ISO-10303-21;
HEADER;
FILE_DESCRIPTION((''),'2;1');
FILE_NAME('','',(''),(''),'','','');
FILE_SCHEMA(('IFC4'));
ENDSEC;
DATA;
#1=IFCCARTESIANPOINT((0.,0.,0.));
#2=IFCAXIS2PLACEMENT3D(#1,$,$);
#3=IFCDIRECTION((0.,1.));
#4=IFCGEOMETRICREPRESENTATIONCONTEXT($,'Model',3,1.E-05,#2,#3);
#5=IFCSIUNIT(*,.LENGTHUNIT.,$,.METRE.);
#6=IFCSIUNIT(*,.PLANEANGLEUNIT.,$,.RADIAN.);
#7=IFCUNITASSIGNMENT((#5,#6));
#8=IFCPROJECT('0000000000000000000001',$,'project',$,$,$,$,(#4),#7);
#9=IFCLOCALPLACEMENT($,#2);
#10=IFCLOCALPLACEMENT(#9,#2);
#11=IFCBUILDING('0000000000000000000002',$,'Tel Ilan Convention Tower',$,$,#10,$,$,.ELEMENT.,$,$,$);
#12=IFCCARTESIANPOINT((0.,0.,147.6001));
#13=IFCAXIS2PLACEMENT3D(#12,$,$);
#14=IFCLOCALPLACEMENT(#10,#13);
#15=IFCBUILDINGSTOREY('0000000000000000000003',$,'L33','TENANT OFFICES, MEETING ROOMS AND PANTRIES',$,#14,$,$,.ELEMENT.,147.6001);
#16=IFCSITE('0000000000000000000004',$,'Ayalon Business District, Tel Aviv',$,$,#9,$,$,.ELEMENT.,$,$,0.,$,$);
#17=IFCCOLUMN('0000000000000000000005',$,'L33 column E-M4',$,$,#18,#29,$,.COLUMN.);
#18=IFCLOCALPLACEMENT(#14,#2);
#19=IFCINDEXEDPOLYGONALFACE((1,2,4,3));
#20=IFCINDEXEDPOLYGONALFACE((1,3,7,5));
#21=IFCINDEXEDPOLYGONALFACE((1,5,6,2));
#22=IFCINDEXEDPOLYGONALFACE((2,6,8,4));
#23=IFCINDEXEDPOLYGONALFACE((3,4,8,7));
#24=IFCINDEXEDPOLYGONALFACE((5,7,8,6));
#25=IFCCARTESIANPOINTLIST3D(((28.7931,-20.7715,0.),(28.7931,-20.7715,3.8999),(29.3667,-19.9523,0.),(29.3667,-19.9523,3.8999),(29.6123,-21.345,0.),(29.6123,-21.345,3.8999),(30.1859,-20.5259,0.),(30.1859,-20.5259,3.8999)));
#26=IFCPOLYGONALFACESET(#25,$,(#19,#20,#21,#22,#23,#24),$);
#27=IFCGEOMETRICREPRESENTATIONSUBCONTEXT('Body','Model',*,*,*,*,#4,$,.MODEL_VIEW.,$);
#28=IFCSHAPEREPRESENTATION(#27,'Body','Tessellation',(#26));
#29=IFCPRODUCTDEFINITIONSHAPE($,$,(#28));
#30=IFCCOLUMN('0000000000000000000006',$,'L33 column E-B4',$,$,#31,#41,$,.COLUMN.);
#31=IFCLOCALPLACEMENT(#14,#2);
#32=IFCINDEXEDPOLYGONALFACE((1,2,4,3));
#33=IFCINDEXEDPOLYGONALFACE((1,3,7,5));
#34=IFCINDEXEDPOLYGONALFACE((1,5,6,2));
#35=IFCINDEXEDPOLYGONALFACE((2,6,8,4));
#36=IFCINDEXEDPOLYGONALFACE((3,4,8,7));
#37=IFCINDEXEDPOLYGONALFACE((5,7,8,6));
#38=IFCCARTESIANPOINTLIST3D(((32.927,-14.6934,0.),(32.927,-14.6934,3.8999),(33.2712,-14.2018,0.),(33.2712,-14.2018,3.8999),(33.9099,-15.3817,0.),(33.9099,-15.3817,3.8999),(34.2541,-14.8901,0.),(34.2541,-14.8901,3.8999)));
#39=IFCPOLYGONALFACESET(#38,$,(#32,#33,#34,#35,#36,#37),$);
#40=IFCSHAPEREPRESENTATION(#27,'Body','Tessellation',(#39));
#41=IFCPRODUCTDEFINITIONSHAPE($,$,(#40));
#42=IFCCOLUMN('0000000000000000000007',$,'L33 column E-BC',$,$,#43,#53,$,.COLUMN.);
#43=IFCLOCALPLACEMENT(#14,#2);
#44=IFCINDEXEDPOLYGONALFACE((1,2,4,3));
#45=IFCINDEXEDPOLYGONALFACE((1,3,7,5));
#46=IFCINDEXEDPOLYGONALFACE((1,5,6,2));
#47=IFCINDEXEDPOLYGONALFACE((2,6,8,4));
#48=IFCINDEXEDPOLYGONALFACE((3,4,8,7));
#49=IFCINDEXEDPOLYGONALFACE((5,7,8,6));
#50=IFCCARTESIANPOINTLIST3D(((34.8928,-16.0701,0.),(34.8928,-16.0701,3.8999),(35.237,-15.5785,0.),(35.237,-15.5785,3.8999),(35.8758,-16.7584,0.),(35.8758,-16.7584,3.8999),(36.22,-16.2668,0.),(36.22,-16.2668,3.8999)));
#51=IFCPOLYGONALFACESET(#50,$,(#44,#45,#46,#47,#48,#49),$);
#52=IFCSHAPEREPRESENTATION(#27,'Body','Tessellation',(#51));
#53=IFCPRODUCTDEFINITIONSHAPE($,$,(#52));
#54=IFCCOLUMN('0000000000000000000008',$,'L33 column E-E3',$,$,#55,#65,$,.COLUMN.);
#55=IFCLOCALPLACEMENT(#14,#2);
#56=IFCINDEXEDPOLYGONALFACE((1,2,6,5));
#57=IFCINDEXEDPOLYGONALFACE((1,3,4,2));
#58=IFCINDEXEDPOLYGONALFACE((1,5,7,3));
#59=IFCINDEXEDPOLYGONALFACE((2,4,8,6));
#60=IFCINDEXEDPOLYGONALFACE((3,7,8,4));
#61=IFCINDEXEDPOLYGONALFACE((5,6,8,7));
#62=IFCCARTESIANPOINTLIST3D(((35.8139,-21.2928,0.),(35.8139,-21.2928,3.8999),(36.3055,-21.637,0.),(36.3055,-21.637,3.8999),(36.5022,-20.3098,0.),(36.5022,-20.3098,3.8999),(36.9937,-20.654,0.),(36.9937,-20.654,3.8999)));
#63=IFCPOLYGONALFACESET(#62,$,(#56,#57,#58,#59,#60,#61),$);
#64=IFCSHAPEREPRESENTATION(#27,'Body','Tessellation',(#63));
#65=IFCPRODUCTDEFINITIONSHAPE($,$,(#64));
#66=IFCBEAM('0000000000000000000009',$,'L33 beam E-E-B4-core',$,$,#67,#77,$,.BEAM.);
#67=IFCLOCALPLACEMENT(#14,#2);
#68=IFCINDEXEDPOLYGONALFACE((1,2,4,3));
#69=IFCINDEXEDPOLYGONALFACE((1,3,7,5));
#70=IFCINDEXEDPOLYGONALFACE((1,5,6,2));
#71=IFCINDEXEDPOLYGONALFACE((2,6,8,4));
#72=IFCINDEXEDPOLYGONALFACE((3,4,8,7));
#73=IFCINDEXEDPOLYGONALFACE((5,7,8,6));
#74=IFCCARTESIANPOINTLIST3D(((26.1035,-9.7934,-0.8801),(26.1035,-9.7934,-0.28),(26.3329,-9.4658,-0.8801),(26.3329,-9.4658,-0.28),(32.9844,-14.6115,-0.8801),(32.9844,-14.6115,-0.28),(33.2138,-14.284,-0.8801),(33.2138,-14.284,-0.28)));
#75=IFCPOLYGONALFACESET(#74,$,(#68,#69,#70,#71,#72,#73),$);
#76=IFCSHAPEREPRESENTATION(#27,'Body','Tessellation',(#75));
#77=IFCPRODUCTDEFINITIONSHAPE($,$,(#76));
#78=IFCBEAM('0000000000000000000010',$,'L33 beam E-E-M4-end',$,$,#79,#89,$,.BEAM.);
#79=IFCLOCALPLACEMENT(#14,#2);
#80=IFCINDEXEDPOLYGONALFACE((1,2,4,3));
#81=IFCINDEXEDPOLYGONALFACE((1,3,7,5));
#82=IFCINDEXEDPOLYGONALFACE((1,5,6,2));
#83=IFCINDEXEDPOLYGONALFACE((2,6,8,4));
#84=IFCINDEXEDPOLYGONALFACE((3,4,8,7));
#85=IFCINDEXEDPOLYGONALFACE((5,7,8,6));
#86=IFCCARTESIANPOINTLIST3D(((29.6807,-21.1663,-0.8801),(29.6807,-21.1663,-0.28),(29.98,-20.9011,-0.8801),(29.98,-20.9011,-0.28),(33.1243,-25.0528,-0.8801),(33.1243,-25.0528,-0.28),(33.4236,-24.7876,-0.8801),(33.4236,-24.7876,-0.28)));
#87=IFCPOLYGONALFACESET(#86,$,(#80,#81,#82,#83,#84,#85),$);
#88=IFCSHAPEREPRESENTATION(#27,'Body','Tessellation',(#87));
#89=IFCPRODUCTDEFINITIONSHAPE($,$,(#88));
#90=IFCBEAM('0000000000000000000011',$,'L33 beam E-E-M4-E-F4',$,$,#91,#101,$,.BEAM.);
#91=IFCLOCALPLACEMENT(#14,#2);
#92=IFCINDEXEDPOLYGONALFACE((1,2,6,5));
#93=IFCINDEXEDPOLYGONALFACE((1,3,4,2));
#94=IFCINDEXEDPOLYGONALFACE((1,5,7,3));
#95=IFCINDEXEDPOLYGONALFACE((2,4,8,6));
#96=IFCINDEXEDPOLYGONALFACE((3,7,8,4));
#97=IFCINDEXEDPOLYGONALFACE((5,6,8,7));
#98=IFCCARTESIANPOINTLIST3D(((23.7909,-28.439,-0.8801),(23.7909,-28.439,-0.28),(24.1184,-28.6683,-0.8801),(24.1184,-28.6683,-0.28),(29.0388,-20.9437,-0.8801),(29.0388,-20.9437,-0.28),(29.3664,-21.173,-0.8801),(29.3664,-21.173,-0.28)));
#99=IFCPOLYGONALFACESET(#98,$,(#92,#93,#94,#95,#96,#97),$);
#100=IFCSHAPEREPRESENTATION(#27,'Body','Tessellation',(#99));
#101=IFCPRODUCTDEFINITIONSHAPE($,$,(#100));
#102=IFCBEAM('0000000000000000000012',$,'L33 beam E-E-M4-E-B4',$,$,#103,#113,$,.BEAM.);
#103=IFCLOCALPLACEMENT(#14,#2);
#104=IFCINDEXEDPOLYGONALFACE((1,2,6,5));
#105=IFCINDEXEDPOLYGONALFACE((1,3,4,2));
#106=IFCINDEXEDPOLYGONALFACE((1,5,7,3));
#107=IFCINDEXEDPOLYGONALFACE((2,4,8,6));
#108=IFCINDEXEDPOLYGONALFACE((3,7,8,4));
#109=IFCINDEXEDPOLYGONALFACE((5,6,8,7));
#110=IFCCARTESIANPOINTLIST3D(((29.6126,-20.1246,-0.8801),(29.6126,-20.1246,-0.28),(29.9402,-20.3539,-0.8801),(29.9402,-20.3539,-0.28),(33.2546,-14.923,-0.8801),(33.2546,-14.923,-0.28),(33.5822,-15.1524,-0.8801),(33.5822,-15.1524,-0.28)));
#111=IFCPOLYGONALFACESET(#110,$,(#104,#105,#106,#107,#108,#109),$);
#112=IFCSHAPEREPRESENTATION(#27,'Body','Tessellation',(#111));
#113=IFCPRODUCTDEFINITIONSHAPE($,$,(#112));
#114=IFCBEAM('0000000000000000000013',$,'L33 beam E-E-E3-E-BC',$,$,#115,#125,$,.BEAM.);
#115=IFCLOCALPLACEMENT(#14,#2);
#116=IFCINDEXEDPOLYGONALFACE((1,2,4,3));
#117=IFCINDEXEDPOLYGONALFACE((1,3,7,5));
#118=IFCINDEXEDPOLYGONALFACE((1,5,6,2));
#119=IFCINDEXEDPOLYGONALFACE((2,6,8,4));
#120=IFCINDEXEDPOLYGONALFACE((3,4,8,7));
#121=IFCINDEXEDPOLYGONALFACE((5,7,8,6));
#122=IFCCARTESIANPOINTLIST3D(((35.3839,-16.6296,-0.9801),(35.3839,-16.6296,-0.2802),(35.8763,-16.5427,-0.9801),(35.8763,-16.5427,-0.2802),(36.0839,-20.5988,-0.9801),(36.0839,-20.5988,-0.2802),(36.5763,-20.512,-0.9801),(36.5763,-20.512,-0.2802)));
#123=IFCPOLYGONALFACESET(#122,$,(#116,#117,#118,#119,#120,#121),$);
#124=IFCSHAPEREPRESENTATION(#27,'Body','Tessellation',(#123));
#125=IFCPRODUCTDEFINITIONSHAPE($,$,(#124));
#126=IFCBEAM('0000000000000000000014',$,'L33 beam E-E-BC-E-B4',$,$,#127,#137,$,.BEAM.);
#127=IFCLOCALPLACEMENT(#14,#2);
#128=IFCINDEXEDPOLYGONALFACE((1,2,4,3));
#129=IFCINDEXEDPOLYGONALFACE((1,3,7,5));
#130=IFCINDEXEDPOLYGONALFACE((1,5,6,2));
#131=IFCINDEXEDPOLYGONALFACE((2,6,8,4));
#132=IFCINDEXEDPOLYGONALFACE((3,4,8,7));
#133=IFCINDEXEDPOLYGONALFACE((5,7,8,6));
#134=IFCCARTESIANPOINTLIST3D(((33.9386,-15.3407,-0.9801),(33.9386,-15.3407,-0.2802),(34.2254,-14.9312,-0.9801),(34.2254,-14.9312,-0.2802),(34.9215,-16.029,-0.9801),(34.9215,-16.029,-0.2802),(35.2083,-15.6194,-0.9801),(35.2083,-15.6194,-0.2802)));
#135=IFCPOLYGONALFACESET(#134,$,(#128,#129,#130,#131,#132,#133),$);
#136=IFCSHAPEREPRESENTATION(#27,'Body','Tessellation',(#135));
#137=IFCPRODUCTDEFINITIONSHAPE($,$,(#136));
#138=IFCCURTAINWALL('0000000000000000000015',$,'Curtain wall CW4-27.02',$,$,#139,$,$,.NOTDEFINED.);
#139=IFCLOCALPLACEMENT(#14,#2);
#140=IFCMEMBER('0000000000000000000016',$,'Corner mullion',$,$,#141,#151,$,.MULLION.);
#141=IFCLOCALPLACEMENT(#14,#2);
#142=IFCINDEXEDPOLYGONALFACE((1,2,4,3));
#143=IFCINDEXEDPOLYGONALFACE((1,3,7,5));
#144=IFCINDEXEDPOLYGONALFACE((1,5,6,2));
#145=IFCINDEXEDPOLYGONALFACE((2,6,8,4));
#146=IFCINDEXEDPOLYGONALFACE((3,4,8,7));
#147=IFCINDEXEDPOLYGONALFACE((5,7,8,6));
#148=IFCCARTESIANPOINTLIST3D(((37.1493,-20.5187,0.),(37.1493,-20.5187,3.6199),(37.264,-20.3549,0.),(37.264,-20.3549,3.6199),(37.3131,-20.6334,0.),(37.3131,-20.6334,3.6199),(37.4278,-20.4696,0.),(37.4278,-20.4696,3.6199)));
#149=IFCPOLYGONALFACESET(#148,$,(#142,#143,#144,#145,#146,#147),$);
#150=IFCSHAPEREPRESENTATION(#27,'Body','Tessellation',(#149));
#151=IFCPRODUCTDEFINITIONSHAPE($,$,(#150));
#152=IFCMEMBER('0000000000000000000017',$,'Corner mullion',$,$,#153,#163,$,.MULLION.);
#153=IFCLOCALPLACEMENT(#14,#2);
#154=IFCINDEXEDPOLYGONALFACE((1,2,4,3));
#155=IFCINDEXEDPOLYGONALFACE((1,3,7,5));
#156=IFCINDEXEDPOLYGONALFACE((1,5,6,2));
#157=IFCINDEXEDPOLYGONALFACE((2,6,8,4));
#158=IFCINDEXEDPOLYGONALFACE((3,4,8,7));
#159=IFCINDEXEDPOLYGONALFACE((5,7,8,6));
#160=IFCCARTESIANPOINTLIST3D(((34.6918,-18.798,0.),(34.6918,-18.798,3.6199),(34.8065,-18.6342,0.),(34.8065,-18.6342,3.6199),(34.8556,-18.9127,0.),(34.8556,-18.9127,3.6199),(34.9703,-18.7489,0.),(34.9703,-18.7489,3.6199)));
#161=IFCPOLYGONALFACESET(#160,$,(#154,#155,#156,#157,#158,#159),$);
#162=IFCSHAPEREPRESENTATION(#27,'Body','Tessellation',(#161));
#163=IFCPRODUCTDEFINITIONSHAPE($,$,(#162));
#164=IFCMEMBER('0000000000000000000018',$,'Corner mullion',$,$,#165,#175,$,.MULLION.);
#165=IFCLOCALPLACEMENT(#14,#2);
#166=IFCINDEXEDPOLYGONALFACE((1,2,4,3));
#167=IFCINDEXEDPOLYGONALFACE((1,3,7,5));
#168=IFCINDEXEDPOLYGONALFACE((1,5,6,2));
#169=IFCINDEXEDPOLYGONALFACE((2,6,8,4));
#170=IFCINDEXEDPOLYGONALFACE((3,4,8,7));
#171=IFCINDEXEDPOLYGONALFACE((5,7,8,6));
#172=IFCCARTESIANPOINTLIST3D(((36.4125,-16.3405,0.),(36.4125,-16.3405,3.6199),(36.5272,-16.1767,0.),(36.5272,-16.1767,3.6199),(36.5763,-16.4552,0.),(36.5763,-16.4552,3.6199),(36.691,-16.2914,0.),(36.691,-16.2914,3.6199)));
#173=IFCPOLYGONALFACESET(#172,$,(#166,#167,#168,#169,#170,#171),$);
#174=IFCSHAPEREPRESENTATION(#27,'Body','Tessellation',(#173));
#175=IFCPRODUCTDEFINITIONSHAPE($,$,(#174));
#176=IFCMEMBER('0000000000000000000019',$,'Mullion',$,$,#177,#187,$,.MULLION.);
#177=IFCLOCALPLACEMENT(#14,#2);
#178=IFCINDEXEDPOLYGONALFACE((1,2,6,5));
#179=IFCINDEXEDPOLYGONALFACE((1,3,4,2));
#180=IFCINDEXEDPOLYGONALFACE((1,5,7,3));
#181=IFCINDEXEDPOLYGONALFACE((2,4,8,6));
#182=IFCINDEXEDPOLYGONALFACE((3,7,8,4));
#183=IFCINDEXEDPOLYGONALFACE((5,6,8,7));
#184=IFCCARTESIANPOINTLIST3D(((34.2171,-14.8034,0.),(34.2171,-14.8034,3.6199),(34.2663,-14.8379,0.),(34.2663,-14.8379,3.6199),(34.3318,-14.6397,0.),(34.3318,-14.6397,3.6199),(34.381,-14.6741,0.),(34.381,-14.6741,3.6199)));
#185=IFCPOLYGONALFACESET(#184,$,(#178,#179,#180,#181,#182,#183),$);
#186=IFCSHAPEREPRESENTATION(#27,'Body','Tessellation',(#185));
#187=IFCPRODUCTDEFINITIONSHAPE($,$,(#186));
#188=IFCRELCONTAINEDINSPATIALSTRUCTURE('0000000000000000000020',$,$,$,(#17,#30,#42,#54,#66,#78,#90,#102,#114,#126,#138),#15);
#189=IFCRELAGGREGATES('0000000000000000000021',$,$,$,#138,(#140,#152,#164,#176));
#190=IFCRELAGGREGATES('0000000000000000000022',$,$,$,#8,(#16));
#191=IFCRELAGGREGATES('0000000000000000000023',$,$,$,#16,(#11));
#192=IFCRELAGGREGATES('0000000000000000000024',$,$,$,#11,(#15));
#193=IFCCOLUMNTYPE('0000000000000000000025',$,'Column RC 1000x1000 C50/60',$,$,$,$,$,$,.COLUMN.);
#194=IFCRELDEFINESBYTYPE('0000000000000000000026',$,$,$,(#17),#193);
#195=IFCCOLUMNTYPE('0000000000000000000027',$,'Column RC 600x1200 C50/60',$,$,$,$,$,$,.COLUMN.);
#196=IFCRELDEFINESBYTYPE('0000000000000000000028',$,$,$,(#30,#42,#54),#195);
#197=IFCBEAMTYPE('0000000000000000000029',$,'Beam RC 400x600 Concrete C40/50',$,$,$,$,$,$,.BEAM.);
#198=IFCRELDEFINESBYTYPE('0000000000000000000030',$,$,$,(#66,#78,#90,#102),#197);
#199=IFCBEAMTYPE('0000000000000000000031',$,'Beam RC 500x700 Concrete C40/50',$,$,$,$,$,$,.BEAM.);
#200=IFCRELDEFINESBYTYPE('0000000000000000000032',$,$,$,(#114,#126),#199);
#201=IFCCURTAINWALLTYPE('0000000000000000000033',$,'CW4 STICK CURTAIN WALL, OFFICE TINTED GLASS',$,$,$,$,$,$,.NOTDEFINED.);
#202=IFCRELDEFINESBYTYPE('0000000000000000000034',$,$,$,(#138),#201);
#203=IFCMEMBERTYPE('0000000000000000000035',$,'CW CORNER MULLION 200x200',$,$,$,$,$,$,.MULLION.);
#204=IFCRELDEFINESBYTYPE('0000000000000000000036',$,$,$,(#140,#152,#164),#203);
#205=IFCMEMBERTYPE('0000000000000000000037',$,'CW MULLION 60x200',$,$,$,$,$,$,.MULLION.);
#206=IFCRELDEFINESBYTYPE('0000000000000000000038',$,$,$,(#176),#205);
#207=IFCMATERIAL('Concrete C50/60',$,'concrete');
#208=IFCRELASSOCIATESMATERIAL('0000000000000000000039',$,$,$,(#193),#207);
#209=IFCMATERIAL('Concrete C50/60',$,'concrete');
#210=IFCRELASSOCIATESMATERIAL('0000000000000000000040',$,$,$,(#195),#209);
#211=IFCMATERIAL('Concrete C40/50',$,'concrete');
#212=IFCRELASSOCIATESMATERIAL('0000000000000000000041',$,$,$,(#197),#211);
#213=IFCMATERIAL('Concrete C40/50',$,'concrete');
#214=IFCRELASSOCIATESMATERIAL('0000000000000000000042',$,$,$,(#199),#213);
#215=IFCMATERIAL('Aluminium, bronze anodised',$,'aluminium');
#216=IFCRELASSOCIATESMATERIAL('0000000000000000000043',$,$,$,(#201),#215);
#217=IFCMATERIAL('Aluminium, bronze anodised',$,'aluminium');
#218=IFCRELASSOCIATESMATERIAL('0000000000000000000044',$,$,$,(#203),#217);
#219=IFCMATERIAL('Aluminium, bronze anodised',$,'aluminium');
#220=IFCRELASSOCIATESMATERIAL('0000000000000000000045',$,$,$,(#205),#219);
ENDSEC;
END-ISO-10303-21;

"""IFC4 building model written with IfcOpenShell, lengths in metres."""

from ifc_helpers import new_model, si_unit, direction, frame, origin, origin_2d, place, context, subcontext, project, spatial, rectangle, extrude, material, material_profile, profile_set, type_object, element, aggregate, save


model = new_model("IFC4")

# Units and contexts
model_context = context("Model", 3, precision=1e-05, world=origin(), true_north=direction((0.0, 1.0)))
body_context = subcontext(model_context, "Body", "Model", "MODEL_VIEW")
ifc_project = project(units=[si_unit("LENGTHUNIT", "METRE"), si_unit("PLANEANGLEUNIT", "RADIAN")], contexts=[model_context])

# Site, building, storey
site_placement = place(None, origin())
site = spatial("IfcSite", under=ifc_project, at=site_placement, Name="Ayalon Business District, Tel Aviv", CompositionType="ELEMENT", RefElevation=0.0)
building_placement = place(site_placement, origin())
building = spatial("IfcBuilding", under=site, at=building_placement, Name="Tel Ilan Convention Tower", CompositionType="ELEMENT")
storey_placement = place(building_placement, frame((0.0, 0.0, 147.6001)))
storey = spatial("IfcBuildingStorey", under=building, at=storey_placement, Name="L33", Description="TENANT OFFICES, MEETING ROOMS AND PANTRIES", CompositionType="ELEMENT", Elevation=147.6001)

# Columns
ifc_material_1 = material(Name="Concrete C50/60", Category="concrete")
ifc_material_profile_1 = material_profile(ifc_material_1, rectangle(XDim=1.0, YDim=1.0, at=origin_2d()), Name="RC 1000x1000")
ifc_profile_set_1 = profile_set([ifc_material_profile_1], Name="Concrete C50/60")
column_type_1 = type_object("IfcColumnType", Name="Column RC 1000x1000 C50/60", PredefinedType="COLUMN", material=ifc_profile_set_1)
column_placement = place(storey_placement, frame((29.4895, -20.6487, 0.0), z_axis=(0.0, 0.0, 1.0), x_axis=(0.819152, -0.573576, 0.0)))
element("IfcColumn", 1, at=column_placement, inside=storey, type_object=column_type_1, Name="L33 column E-M4", PredefinedType="COLUMN", context=body_context, shape_type="SweptSolid", body=[
    extrude(rectangle(XDim=1.0, YDim=1.0, at=origin_2d()), origin(), (0.0, 0.0, 1.0), 3.8999),
])
ifc_material_2 = material(Name="Concrete C50/60", Category="concrete")
ifc_material_profile_2 = material_profile(ifc_material_2, rectangle(XDim=1.2, YDim=0.6001, at=origin_2d()), Name="RC 600x1200")
ifc_profile_set_2 = profile_set([ifc_material_profile_2], Name="Concrete C50/60")
column_type_2 = type_object("IfcColumnType", Name="Column RC 600x1200 C50/60", PredefinedType="COLUMN", material=ifc_profile_set_2)
for number, where, z_axis, x_axis, name in (
    (2, (33.5906, -14.7917, 0.0), (0.0, 0.0, 1.0), (0.819152, -0.573576, 0.0), "L33 column E-B4"),
    (3, (35.5564, -16.1685, 0.0), (0.0, 0.0, 1.0), (0.819152, -0.573576, 0.0), "L33 column E-BC"),
    (4, (36.4038, -20.9734, 0.0), (0.0, 0.0, 1.0), (0.573576, 0.819152, 0.0), "L33 column E-E3"),
):
    element("IfcColumn", number, at=place(storey_placement, frame(where, z_axis=z_axis, x_axis=x_axis)), inside=storey, type_object=column_type_2, Name=name, PredefinedType="COLUMN", context=body_context, shape_type="SweptSolid", body=[
        extrude(rectangle(XDim=1.2, YDim=0.6001, at=origin_2d()), origin(), (0.0, 0.0, 1.0), 3.8999),
    ])

# Beams
ifc_material_3 = material(Name="Concrete C40/50", Category="concrete")
ifc_material_profile_3 = material_profile(ifc_material_3, rectangle(XDim=0.3999, YDim=0.6001, at=origin_2d()), Name="RC 400x600")
ifc_profile_set_3 = profile_set([ifc_material_profile_3], Name="Concrete C40/50")
beam_type_1 = type_object("IfcBeamType", Name="Beam RC 400x600 Concrete C40/50", PredefinedType="BEAM", material=ifc_profile_set_3)
beam_1_placement = place(storey_placement, frame((33.0991, -14.4478, -0.5801), z_axis=(-0.819147, 0.573583, 0.0), x_axis=(-0.573583, -0.819147, 0.0)))
element("IfcBeam", 5, at=beam_1_placement, inside=storey, type_object=beam_type_1, Name="L33 beam E-E-B4-core", PredefinedType="BEAM", context=body_context, shape_type="SweptSolid", body=[
    extrude(rectangle(XDim=0.3999, YDim=0.6001, at=origin_2d()), origin(), (0.0, 0.0, 1.0), 8.4001),
])
beam_2_placement = place(storey_placement, frame((29.8303, -21.0337, -0.5801), z_axis=(0.663175, -0.748464, 0.0), x_axis=(0.748464, 0.663175, 0.0)))
element("IfcBeam", 6, at=beam_2_placement, inside=storey, type_object=beam_type_1, Name="L33 beam E-E-M4-end", PredefinedType="BEAM", context=body_context, shape_type="SweptSolid", body=[
    extrude(rectangle(XDim=0.3999, YDim=0.6001, at=origin_2d()), origin(), (0.0, 0.0, 1.0), 5.1926),
])
beam_3_placement = place(storey_placement, frame((29.2026, -21.0583, -0.5801), z_axis=(-0.573557, -0.819165, 0.0), x_axis=(0.819165, -0.573557, 0.0)))
element("IfcBeam", 7, at=beam_3_placement, inside=storey, type_object=beam_type_1, Name="L33 beam E-E-M4-E-F4", PredefinedType="BEAM", context=body_context, shape_type="SweptSolid", body=[
    extrude(rectangle(XDim=0.3999, YDim=0.6001, at=origin_2d()), origin(), (0.0, 0.0, 1.0), 9.1499),
])
beam_4_placement = place(storey_placement, frame((29.7764, -20.2393, -0.5801), z_axis=(0.57356, 0.819163, 0.0), x_axis=(-0.819163, 0.57356, 0.0)))
element("IfcBeam", 8, at=beam_4_placement, inside=storey, type_object=beam_type_1, Name="L33 beam E-E-M4-E-B4", PredefinedType="BEAM", context=body_context, shape_type="SweptSolid", body=[
    extrude(rectangle(XDim=0.3999, YDim=0.6001, at=origin_2d()), origin(), (0.0, 0.0, 1.0), 6.3499),
])
ifc_material_4 = material(Name="Concrete C40/50", Category="concrete")
ifc_material_profile_4 = material_profile(ifc_material_4, rectangle(XDim=0.5, YDim=0.7, at=origin_2d()), Name="RC 500x700")
ifc_profile_set_4 = profile_set([ifc_material_profile_4], Name="Concrete C40/50")
beam_type_2 = type_object("IfcBeamType", Name="Beam RC 500x700 Concrete C40/50", PredefinedType="BEAM", material=ifc_profile_set_4)
beam_5_placement = place(storey_placement, frame((36.3301, -20.5554, -0.6301), z_axis=(-0.173664, 0.984805, 0.0), x_axis=(-0.984805, -0.173664, 0.0)))
element("IfcBeam", 9, at=beam_5_placement, inside=storey, type_object=beam_type_2, Name="L33 beam E-E-E3-E-BC", PredefinedType="BEAM", context=body_context, shape_type="SweptSolid", body=[
    extrude(rectangle(XDim=0.5, YDim=0.7, at=origin_2d()), origin(), (0.0, 0.0, 1.0), 4.0305),
])
beam_6_placement = place(storey_placement, frame((35.0649, -15.8242, -0.6301), z_axis=(-0.819155, 0.573572, 0.0), x_axis=(-0.573572, -0.819155, 0.0)))
element("IfcBeam", 10, at=beam_6_placement, inside=storey, type_object=beam_type_2, Name="L33 beam E-E-BC-E-B4", PredefinedType="BEAM", context=body_context, shape_type="SweptSolid", body=[
    extrude(rectangle(XDim=0.5, YDim=0.7, at=origin_2d()), origin(), (0.0, 0.0, 1.0), 1.2),
])

# Curtain wall, members
ifc_material_5 = material(Name="Aluminium, bronze anodised", Category="aluminium")
curtain_wall_type = type_object("IfcCurtainWallType", Name="CW4 STICK CURTAIN WALL, OFFICE TINTED GLASS", PredefinedType="NOTDEFINED", material=ifc_material_5)
curtain_wall_placement = place(storey_placement, origin())
curtain_wall = element("IfcCurtainWall", 11, at=curtain_wall_placement, inside=storey, type_object=curtain_wall_type, Name="Curtain wall CW4-27.02", PredefinedType="NOTDEFINED")
ifc_material_6 = material(Name="Aluminium, bronze anodised", Category="aluminium")
ifc_material_profile_5 = material_profile(ifc_material_6, rectangle(XDim=0.2, YDim=0.2, at=origin_2d()), Name="CW CORNER MULLION 200x200")
ifc_profile_set_5 = profile_set([ifc_material_profile_5], Name="Aluminium, bronze anodised")
member_type_1 = type_object("IfcMemberType", Name="CW CORNER MULLION 200x200", PredefinedType="MULLION", material=ifc_profile_set_5)
member_1_placement = place(storey_placement, frame((37.2886, -20.4941, 0.0), z_axis=(0.0, 0.0, 1.0), x_axis=(0.573576, 0.819152, 0.0)))
member_1 = element("IfcMember", 12, at=member_1_placement, type_object=member_type_1, Name="Corner mullion", PredefinedType="MULLION", context=body_context, shape_type="SweptSolid", body=[
    extrude(rectangle(XDim=0.2, YDim=0.2, at=origin_2d()), origin(), (0.0, 0.0, 1.0), 3.6199),
])
member_2_placement = place(storey_placement, frame((34.8311, -18.7734, 0.0), z_axis=(0.0, 0.0, 1.0), x_axis=(-0.819152, 0.573576, 0.0)))
member_2 = element("IfcMember", 13, at=member_2_placement, type_object=member_type_1, Name="Corner mullion", PredefinedType="MULLION", context=body_context, shape_type="SweptSolid", body=[
    extrude(rectangle(XDim=0.2, YDim=0.2, at=origin_2d()), origin(), (0.0, 0.0, 1.0), 3.6199),
])
member_3_placement = place(storey_placement, frame((36.5518, -16.3159, 0.0), z_axis=(0.0, 0.0, 1.0), x_axis=(0.573576, 0.819152, 0.0)))
member_3 = element("IfcMember", 14, at=member_3_placement, type_object=member_type_1, Name="Corner mullion", PredefinedType="MULLION", context=body_context, shape_type="SweptSolid", body=[
    extrude(rectangle(XDim=0.2, YDim=0.2, at=origin_2d()), origin(), (0.0, 0.0, 1.0), 3.6199),
])
ifc_material_7 = material(Name="Aluminium, bronze anodised", Category="aluminium")
ifc_material_profile_6 = material_profile(ifc_material_7, rectangle(XDim=0.0601, YDim=0.2, at=origin_2d()), Name="CW MULLION 60x200")
ifc_profile_set_6 = profile_set([ifc_material_profile_6], Name="Aluminium, bronze anodised")
member_type_2 = type_object("IfcMemberType", Name="CW MULLION 60x200", PredefinedType="MULLION", material=ifc_profile_set_6)
member_4_placement = place(storey_placement, frame((34.2991, -14.7388, 0.0), z_axis=(0.0, 0.0, 1.0), x_axis=(-0.819152, 0.573576, 0.0)))
member_4 = element("IfcMember", 15, at=member_4_placement, type_object=member_type_2, Name="Mullion", PredefinedType="MULLION", context=body_context, shape_type="SweptSolid", body=[
    extrude(rectangle(XDim=0.0601, YDim=0.2, at=origin_2d()), origin(), (0.0, 0.0, 1.0), 3.6199),
])
aggregate(curtain_wall, [member_1, member_2, member_3, member_4])

save(model, "model.ifc")
